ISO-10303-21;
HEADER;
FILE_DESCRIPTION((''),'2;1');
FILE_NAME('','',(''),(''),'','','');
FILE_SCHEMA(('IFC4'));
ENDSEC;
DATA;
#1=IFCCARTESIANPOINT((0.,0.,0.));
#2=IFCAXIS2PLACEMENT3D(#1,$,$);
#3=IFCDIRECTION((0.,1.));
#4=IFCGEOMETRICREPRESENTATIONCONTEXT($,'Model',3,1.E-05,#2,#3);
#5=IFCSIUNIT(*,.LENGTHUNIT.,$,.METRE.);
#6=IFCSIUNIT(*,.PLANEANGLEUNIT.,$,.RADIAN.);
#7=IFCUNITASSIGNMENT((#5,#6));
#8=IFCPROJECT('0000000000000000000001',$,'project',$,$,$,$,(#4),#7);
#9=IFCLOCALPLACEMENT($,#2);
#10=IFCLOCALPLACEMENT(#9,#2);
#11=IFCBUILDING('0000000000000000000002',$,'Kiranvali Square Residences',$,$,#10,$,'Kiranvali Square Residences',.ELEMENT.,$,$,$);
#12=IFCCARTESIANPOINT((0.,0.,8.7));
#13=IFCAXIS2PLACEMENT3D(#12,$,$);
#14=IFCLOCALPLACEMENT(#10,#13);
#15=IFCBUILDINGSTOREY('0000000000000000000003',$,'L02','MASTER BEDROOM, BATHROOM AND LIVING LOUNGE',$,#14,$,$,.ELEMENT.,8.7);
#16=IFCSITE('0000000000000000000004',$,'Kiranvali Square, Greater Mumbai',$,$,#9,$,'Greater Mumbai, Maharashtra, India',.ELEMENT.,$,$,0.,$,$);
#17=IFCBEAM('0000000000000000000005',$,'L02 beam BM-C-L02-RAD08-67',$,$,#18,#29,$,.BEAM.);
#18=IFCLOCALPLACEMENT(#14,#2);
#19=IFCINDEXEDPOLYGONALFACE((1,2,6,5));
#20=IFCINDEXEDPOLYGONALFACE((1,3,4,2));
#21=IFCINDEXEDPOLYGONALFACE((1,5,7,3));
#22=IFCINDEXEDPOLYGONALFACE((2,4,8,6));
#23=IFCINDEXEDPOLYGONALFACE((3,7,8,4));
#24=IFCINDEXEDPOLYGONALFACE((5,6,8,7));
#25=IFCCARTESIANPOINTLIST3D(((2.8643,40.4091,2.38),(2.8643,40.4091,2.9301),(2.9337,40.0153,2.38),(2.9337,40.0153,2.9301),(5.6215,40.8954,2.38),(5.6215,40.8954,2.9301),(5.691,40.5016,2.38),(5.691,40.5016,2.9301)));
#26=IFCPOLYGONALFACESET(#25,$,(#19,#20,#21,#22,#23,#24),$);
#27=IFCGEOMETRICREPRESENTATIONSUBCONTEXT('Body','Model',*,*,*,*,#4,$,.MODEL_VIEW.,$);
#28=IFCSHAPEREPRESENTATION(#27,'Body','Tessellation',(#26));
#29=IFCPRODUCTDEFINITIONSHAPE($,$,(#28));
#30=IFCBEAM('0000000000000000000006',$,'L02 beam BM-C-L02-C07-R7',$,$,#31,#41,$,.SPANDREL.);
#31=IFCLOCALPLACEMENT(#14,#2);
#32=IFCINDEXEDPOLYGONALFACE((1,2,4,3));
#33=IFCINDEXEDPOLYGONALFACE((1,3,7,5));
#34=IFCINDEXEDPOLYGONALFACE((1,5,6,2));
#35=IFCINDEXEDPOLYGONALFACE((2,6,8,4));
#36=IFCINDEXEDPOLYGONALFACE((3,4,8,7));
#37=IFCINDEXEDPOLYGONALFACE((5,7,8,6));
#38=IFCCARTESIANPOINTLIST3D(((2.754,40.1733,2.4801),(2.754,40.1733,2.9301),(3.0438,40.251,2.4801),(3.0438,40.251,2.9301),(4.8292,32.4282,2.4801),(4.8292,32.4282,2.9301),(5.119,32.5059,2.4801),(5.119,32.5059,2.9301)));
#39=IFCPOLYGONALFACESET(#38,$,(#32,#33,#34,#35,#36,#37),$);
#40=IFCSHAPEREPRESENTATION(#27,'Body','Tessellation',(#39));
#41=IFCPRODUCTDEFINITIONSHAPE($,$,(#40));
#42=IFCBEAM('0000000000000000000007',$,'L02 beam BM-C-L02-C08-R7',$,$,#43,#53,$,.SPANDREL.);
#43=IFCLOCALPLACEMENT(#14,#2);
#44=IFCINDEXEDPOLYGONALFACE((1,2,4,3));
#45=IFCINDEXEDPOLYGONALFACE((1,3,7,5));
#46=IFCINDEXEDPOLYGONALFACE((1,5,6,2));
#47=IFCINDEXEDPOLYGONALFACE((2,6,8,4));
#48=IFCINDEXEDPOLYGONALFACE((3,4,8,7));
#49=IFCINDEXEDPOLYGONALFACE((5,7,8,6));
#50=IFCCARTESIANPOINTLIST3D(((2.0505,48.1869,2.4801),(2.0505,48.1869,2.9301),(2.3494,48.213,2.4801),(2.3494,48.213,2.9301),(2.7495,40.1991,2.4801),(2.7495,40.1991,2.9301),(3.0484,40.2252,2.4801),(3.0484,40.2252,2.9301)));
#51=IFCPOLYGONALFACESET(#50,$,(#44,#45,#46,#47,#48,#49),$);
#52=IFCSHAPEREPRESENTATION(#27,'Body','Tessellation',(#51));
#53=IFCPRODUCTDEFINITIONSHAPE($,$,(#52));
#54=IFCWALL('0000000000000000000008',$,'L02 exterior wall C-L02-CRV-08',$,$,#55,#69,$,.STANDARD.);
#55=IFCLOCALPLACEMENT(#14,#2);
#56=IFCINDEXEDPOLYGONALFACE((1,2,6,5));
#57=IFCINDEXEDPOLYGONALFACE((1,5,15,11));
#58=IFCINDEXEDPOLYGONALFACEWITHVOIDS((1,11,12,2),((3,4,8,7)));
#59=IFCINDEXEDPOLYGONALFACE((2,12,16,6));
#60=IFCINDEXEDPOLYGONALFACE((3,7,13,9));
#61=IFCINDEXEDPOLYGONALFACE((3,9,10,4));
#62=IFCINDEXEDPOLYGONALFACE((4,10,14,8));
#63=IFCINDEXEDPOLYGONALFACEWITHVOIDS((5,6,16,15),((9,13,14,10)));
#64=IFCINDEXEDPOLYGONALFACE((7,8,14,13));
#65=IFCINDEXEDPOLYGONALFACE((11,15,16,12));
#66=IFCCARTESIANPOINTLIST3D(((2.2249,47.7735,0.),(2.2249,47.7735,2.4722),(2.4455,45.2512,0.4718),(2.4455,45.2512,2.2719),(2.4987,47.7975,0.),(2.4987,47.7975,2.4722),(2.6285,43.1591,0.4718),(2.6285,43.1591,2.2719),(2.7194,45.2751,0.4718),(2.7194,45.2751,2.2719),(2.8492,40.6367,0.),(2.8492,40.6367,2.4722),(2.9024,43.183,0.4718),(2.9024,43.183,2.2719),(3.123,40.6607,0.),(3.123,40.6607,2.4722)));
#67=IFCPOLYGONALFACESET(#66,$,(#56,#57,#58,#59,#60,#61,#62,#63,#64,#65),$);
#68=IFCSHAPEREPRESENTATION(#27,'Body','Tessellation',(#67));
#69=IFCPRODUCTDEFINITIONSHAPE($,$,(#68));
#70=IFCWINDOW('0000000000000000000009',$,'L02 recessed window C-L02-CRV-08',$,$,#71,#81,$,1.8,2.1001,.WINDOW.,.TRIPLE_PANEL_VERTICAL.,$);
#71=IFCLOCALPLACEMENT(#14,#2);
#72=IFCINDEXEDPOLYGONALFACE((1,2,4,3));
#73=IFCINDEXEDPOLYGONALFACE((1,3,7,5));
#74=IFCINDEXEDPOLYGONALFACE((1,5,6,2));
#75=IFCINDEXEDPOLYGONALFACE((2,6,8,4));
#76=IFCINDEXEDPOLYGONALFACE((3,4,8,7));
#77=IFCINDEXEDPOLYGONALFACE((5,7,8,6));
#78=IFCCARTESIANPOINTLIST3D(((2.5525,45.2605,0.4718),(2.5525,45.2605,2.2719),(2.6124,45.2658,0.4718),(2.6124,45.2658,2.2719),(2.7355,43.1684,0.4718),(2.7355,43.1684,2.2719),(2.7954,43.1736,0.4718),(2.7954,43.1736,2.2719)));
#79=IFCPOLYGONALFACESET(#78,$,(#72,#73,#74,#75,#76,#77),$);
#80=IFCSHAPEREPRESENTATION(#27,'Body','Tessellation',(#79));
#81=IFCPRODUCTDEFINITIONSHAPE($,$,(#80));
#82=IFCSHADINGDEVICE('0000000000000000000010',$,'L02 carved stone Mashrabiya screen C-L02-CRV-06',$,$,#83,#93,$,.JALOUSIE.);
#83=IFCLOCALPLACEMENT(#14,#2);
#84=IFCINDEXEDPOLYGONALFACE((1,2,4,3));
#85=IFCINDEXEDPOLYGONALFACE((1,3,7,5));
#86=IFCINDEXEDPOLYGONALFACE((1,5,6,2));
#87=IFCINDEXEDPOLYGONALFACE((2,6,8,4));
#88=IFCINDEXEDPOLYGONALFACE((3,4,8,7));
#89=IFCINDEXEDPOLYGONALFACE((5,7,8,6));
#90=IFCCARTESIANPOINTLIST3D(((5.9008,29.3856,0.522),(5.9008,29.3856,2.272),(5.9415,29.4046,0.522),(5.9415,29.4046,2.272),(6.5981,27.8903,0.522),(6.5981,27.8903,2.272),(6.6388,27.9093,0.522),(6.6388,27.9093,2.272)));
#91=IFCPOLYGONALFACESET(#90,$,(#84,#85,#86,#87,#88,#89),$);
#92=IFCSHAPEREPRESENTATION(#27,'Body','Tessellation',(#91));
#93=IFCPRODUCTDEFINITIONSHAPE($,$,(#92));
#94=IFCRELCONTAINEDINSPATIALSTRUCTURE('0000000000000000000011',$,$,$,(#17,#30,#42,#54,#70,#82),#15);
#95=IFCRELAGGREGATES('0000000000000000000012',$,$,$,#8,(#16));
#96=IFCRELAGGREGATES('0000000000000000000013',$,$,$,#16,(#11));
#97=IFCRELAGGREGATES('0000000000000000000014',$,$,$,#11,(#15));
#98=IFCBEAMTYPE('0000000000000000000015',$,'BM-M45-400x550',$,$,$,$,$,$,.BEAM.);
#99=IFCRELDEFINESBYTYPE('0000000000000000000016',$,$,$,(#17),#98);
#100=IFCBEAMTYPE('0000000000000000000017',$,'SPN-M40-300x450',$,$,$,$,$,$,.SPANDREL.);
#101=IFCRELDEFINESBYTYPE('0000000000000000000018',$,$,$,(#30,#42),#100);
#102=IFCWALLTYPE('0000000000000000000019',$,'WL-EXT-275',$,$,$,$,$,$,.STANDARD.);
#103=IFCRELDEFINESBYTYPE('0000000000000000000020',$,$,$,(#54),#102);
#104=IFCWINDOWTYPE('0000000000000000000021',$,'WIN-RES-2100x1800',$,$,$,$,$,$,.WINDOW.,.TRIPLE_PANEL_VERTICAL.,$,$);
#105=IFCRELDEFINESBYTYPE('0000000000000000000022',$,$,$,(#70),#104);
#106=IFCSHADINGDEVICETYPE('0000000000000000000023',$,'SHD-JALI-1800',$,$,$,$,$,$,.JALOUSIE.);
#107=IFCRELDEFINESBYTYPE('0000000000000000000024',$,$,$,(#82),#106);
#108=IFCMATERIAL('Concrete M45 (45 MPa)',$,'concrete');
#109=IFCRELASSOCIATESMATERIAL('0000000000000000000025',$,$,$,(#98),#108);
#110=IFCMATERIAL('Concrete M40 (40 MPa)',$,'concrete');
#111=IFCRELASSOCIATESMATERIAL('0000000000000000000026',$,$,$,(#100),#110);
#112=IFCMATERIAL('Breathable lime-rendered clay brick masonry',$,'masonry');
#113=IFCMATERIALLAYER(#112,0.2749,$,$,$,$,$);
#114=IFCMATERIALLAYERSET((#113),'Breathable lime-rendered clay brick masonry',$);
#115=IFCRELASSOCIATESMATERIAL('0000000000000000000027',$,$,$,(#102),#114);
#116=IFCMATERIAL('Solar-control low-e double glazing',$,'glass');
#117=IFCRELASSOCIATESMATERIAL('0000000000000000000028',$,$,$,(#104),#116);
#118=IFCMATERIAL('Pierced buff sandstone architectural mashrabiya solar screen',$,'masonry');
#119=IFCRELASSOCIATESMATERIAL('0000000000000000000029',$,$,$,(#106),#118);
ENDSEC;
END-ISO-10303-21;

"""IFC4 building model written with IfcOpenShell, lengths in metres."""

from ifc_helpers import new_model, si_unit, direction, frame, frame_2d, origin, origin_2d, place, context, subcontext, project, spatial, rectangle, extrude, material, layer, layer_set, material_profile, profile_set, type_object, element, fill, save


model = new_model("IFC4")

# Units and contexts
model_context = context("Model", 3, precision=1e-05, world=origin(), true_north=direction((0.0, 1.0)))
body_context = subcontext(model_context, "Body", "Model", "MODEL_VIEW")
ifc_project = project(units=[si_unit("LENGTHUNIT", "METRE"), si_unit("PLANEANGLEUNIT", "RADIAN")], contexts=[model_context])

# Site, building, storey
site_placement = place(None, origin())
site = spatial("IfcSite", under=ifc_project, at=site_placement, Name="Kiranvali Square, Greater Mumbai", LongName="Greater Mumbai, Maharashtra, India", CompositionType="ELEMENT", RefElevation=0.0)
building_placement = place(site_placement, origin())
building = spatial("IfcBuilding", under=site, at=building_placement, Name="Kiranvali Square Residences", LongName="Kiranvali Square Residences", CompositionType="ELEMENT")
storey_placement = place(building_placement, frame((0.0, 0.0, 8.7)))
storey = spatial("IfcBuildingStorey", under=building, at=storey_placement, Name="L02", Description="MASTER BEDROOM, BATHROOM AND LIVING LOUNGE", CompositionType="ELEMENT", Elevation=8.7)

# Beams
ifc_material_1 = material(Name="Concrete M45 (45 MPa)", Category="concrete")
ifc_material_profile_1 = material_profile(ifc_material_1, rectangle(XDim=0.3999, YDim=0.55, at=origin_2d()), Name="RC 400x550")
ifc_profile_set_1 = profile_set([ifc_material_profile_1], Name="Concrete M45 (45 MPa)")
beam_type_1 = type_object("IfcBeamType", Name="BM-M45-400x550", PredefinedType="BEAM", material=ifc_profile_set_1)
beam_1_placement = place(storey_placement, frame((5.6562, 40.6985, 2.655), z_axis=(-0.984799, -0.173696, 0.0), x_axis=(0.173696, -0.984799, 0.0)))
element("IfcBeam", 1, at=beam_1_placement, inside=storey, type_object=beam_type_1, Name="L02 beam BM-C-L02-RAD08-67", PredefinedType="BEAM", context=body_context, shape_type="SweptSolid", body=[
    extrude(rectangle(XDim=0.3999, YDim=0.55, at=origin_2d()), origin(), (0.0, 0.0, 1.0), 2.7998),
])
ifc_material_2 = material(Name="Concrete M40 (40 MPa)", Category="concrete")
ifc_material_profile_2 = material_profile(ifc_material_2, rectangle(XDim=0.3, YDim=0.45, at=origin_2d()), Name="RC 300x450")
ifc_profile_set_2 = profile_set([ifc_material_profile_2], Name="Concrete M40 (40 MPa)")
beam_type_2 = type_object("IfcBeamType", Name="SPN-M40-300x450", PredefinedType="SPANDREL", material=ifc_profile_set_2)
for number, where, z_axis, x_axis, name in (
    (2, (4.9741, 32.467, 2.7051), (-0.258807, 0.965929, 0.0), (-0.965929, -0.258807, 0.0), "L02 beam BM-C-L02-C07-R7"),
    (3, (2.8989, 40.2122, 2.7051), (-0.087172, 0.996193, 0.0), (-0.996193, -0.087172, 0.0), "L02 beam BM-C-L02-C08-R7"),
):
    element("IfcBeam", number, at=place(storey_placement, frame(where, z_axis=z_axis, x_axis=x_axis)), inside=storey, type_object=beam_type_2, Name=name, PredefinedType="SPANDREL", context=body_context, shape_type="SweptSolid", body=[
        extrude(rectangle(XDim=0.3, YDim=0.45, at=origin_2d()), origin(), (0.0, 0.0, 1.0), 8.0183),
    ])

# Shared definitions
ifc_material_3 = material(Name="Breathable lime-rendered clay brick masonry", Category="masonry")
ifc_layer = layer(ifc_material_3, 0.2749)
ifc_layer_set = layer_set([ifc_layer], Name="Breathable lime-rendered clay brick masonry")
wall_type = type_object("IfcWallType", Name="WL-EXT-275", PredefinedType="STANDARD", material=ifc_layer_set)
ifc_material_4 = material(Name="Solar-control low-e double glazing", Category="glass")

# Wall, opening, window
wall_1_placement = place(storey_placement, frame((2.9861, 40.6487, 0.0), z_axis=(0.0, 0.0, 1.0), x_axis=(-0.08714, 0.996196, 0.0)))
wall_1 = element("IfcWall", 4, at=wall_1_placement, inside=storey, type_object=wall_type, Name="L02 exterior wall C-L02-CRV-08", PredefinedType="STANDARD", context=body_context, shape_type="SweptSolid", body=[
    extrude(rectangle(XDim=7.1641, YDim=0.2749, at=frame_2d((3.582, 0.0))), origin(), (0.0, 0.0, 1.0), 2.4722),
])
opening_1_placement = place(wall_1_placement, frame((2.532, 0.0, 0.4719)))
opening_1 = element("IfcOpeningElement", 5, at=opening_1_placement, cuts=wall_1, PredefinedType="OPENING", context=body_context, shape_type="SweptSolid", body=[
    extrude(rectangle(XDim=2.1001, YDim=1.8, at=frame_2d((1.05, 0.8999))), frame((0.0, 0.1475, 0.0), z_axis=(0.0, -1.0, 0.0), x_axis=(1.0, 0.0, 0.0)), (0.0, 0.0, 1.0), 0.2949),
])
window_type_1 = type_object("IfcWindowType", Name="WIN-RES-2100x1800", PartitioningType="TRIPLE_PANEL_VERTICAL", PredefinedType="WINDOW", material=ifc_material_4)
window_1_placement = place(opening_1_placement, origin())
window_1 = element("IfcWindow", 6, at=window_1_placement, inside=storey, type_object=window_type_1, Name="L02 recessed window C-L02-CRV-08", OverallHeight=1.8, OverallWidth=2.1001, PartitioningType="TRIPLE_PANEL_VERTICAL", PredefinedType="WINDOW", context=body_context, shape_type="SweptSolid", body=[
    extrude(rectangle(XDim=2.1001, YDim=1.8, at=frame_2d((1.05, 0.8999))), frame((0.0, 0.03, 0.0), z_axis=(0.0, -1.0, 0.0), x_axis=(1.0, 0.0, 0.0)), (0.0, 0.0, 1.0), 0.0601),
])
fill(opening_1, window_1)

# Shading device
ifc_material_5 = material(Name="Pierced buff sandstone architectural mashrabiya solar screen", Category="masonry")
shading_device_type = type_object("IfcShadingDeviceType", Name="SHD-JALI-1800", PredefinedType="JALOUSIE", material=ifc_material_5)
shading_device_placement = place(storey_placement, frame((6.2698, 28.6475, 0.522), z_axis=(0.0, 0.0, 1.0), x_axis=(-0.422618, 0.906308, 0.0)))
element("IfcShadingDevice", 7, at=shading_device_placement, inside=storey, type_object=shading_device_type, Name="L02 carved stone Mashrabiya screen C-L02-CRV-06", PredefinedType="JALOUSIE", context=body_context, shape_type="SweptSolid", body=[
    extrude(rectangle(XDim=1.6499, YDim=0.0449, at=origin_2d()), origin(), (0.0, 0.0, 1.0), 1.75),
])

save(model, "model.ifc")
